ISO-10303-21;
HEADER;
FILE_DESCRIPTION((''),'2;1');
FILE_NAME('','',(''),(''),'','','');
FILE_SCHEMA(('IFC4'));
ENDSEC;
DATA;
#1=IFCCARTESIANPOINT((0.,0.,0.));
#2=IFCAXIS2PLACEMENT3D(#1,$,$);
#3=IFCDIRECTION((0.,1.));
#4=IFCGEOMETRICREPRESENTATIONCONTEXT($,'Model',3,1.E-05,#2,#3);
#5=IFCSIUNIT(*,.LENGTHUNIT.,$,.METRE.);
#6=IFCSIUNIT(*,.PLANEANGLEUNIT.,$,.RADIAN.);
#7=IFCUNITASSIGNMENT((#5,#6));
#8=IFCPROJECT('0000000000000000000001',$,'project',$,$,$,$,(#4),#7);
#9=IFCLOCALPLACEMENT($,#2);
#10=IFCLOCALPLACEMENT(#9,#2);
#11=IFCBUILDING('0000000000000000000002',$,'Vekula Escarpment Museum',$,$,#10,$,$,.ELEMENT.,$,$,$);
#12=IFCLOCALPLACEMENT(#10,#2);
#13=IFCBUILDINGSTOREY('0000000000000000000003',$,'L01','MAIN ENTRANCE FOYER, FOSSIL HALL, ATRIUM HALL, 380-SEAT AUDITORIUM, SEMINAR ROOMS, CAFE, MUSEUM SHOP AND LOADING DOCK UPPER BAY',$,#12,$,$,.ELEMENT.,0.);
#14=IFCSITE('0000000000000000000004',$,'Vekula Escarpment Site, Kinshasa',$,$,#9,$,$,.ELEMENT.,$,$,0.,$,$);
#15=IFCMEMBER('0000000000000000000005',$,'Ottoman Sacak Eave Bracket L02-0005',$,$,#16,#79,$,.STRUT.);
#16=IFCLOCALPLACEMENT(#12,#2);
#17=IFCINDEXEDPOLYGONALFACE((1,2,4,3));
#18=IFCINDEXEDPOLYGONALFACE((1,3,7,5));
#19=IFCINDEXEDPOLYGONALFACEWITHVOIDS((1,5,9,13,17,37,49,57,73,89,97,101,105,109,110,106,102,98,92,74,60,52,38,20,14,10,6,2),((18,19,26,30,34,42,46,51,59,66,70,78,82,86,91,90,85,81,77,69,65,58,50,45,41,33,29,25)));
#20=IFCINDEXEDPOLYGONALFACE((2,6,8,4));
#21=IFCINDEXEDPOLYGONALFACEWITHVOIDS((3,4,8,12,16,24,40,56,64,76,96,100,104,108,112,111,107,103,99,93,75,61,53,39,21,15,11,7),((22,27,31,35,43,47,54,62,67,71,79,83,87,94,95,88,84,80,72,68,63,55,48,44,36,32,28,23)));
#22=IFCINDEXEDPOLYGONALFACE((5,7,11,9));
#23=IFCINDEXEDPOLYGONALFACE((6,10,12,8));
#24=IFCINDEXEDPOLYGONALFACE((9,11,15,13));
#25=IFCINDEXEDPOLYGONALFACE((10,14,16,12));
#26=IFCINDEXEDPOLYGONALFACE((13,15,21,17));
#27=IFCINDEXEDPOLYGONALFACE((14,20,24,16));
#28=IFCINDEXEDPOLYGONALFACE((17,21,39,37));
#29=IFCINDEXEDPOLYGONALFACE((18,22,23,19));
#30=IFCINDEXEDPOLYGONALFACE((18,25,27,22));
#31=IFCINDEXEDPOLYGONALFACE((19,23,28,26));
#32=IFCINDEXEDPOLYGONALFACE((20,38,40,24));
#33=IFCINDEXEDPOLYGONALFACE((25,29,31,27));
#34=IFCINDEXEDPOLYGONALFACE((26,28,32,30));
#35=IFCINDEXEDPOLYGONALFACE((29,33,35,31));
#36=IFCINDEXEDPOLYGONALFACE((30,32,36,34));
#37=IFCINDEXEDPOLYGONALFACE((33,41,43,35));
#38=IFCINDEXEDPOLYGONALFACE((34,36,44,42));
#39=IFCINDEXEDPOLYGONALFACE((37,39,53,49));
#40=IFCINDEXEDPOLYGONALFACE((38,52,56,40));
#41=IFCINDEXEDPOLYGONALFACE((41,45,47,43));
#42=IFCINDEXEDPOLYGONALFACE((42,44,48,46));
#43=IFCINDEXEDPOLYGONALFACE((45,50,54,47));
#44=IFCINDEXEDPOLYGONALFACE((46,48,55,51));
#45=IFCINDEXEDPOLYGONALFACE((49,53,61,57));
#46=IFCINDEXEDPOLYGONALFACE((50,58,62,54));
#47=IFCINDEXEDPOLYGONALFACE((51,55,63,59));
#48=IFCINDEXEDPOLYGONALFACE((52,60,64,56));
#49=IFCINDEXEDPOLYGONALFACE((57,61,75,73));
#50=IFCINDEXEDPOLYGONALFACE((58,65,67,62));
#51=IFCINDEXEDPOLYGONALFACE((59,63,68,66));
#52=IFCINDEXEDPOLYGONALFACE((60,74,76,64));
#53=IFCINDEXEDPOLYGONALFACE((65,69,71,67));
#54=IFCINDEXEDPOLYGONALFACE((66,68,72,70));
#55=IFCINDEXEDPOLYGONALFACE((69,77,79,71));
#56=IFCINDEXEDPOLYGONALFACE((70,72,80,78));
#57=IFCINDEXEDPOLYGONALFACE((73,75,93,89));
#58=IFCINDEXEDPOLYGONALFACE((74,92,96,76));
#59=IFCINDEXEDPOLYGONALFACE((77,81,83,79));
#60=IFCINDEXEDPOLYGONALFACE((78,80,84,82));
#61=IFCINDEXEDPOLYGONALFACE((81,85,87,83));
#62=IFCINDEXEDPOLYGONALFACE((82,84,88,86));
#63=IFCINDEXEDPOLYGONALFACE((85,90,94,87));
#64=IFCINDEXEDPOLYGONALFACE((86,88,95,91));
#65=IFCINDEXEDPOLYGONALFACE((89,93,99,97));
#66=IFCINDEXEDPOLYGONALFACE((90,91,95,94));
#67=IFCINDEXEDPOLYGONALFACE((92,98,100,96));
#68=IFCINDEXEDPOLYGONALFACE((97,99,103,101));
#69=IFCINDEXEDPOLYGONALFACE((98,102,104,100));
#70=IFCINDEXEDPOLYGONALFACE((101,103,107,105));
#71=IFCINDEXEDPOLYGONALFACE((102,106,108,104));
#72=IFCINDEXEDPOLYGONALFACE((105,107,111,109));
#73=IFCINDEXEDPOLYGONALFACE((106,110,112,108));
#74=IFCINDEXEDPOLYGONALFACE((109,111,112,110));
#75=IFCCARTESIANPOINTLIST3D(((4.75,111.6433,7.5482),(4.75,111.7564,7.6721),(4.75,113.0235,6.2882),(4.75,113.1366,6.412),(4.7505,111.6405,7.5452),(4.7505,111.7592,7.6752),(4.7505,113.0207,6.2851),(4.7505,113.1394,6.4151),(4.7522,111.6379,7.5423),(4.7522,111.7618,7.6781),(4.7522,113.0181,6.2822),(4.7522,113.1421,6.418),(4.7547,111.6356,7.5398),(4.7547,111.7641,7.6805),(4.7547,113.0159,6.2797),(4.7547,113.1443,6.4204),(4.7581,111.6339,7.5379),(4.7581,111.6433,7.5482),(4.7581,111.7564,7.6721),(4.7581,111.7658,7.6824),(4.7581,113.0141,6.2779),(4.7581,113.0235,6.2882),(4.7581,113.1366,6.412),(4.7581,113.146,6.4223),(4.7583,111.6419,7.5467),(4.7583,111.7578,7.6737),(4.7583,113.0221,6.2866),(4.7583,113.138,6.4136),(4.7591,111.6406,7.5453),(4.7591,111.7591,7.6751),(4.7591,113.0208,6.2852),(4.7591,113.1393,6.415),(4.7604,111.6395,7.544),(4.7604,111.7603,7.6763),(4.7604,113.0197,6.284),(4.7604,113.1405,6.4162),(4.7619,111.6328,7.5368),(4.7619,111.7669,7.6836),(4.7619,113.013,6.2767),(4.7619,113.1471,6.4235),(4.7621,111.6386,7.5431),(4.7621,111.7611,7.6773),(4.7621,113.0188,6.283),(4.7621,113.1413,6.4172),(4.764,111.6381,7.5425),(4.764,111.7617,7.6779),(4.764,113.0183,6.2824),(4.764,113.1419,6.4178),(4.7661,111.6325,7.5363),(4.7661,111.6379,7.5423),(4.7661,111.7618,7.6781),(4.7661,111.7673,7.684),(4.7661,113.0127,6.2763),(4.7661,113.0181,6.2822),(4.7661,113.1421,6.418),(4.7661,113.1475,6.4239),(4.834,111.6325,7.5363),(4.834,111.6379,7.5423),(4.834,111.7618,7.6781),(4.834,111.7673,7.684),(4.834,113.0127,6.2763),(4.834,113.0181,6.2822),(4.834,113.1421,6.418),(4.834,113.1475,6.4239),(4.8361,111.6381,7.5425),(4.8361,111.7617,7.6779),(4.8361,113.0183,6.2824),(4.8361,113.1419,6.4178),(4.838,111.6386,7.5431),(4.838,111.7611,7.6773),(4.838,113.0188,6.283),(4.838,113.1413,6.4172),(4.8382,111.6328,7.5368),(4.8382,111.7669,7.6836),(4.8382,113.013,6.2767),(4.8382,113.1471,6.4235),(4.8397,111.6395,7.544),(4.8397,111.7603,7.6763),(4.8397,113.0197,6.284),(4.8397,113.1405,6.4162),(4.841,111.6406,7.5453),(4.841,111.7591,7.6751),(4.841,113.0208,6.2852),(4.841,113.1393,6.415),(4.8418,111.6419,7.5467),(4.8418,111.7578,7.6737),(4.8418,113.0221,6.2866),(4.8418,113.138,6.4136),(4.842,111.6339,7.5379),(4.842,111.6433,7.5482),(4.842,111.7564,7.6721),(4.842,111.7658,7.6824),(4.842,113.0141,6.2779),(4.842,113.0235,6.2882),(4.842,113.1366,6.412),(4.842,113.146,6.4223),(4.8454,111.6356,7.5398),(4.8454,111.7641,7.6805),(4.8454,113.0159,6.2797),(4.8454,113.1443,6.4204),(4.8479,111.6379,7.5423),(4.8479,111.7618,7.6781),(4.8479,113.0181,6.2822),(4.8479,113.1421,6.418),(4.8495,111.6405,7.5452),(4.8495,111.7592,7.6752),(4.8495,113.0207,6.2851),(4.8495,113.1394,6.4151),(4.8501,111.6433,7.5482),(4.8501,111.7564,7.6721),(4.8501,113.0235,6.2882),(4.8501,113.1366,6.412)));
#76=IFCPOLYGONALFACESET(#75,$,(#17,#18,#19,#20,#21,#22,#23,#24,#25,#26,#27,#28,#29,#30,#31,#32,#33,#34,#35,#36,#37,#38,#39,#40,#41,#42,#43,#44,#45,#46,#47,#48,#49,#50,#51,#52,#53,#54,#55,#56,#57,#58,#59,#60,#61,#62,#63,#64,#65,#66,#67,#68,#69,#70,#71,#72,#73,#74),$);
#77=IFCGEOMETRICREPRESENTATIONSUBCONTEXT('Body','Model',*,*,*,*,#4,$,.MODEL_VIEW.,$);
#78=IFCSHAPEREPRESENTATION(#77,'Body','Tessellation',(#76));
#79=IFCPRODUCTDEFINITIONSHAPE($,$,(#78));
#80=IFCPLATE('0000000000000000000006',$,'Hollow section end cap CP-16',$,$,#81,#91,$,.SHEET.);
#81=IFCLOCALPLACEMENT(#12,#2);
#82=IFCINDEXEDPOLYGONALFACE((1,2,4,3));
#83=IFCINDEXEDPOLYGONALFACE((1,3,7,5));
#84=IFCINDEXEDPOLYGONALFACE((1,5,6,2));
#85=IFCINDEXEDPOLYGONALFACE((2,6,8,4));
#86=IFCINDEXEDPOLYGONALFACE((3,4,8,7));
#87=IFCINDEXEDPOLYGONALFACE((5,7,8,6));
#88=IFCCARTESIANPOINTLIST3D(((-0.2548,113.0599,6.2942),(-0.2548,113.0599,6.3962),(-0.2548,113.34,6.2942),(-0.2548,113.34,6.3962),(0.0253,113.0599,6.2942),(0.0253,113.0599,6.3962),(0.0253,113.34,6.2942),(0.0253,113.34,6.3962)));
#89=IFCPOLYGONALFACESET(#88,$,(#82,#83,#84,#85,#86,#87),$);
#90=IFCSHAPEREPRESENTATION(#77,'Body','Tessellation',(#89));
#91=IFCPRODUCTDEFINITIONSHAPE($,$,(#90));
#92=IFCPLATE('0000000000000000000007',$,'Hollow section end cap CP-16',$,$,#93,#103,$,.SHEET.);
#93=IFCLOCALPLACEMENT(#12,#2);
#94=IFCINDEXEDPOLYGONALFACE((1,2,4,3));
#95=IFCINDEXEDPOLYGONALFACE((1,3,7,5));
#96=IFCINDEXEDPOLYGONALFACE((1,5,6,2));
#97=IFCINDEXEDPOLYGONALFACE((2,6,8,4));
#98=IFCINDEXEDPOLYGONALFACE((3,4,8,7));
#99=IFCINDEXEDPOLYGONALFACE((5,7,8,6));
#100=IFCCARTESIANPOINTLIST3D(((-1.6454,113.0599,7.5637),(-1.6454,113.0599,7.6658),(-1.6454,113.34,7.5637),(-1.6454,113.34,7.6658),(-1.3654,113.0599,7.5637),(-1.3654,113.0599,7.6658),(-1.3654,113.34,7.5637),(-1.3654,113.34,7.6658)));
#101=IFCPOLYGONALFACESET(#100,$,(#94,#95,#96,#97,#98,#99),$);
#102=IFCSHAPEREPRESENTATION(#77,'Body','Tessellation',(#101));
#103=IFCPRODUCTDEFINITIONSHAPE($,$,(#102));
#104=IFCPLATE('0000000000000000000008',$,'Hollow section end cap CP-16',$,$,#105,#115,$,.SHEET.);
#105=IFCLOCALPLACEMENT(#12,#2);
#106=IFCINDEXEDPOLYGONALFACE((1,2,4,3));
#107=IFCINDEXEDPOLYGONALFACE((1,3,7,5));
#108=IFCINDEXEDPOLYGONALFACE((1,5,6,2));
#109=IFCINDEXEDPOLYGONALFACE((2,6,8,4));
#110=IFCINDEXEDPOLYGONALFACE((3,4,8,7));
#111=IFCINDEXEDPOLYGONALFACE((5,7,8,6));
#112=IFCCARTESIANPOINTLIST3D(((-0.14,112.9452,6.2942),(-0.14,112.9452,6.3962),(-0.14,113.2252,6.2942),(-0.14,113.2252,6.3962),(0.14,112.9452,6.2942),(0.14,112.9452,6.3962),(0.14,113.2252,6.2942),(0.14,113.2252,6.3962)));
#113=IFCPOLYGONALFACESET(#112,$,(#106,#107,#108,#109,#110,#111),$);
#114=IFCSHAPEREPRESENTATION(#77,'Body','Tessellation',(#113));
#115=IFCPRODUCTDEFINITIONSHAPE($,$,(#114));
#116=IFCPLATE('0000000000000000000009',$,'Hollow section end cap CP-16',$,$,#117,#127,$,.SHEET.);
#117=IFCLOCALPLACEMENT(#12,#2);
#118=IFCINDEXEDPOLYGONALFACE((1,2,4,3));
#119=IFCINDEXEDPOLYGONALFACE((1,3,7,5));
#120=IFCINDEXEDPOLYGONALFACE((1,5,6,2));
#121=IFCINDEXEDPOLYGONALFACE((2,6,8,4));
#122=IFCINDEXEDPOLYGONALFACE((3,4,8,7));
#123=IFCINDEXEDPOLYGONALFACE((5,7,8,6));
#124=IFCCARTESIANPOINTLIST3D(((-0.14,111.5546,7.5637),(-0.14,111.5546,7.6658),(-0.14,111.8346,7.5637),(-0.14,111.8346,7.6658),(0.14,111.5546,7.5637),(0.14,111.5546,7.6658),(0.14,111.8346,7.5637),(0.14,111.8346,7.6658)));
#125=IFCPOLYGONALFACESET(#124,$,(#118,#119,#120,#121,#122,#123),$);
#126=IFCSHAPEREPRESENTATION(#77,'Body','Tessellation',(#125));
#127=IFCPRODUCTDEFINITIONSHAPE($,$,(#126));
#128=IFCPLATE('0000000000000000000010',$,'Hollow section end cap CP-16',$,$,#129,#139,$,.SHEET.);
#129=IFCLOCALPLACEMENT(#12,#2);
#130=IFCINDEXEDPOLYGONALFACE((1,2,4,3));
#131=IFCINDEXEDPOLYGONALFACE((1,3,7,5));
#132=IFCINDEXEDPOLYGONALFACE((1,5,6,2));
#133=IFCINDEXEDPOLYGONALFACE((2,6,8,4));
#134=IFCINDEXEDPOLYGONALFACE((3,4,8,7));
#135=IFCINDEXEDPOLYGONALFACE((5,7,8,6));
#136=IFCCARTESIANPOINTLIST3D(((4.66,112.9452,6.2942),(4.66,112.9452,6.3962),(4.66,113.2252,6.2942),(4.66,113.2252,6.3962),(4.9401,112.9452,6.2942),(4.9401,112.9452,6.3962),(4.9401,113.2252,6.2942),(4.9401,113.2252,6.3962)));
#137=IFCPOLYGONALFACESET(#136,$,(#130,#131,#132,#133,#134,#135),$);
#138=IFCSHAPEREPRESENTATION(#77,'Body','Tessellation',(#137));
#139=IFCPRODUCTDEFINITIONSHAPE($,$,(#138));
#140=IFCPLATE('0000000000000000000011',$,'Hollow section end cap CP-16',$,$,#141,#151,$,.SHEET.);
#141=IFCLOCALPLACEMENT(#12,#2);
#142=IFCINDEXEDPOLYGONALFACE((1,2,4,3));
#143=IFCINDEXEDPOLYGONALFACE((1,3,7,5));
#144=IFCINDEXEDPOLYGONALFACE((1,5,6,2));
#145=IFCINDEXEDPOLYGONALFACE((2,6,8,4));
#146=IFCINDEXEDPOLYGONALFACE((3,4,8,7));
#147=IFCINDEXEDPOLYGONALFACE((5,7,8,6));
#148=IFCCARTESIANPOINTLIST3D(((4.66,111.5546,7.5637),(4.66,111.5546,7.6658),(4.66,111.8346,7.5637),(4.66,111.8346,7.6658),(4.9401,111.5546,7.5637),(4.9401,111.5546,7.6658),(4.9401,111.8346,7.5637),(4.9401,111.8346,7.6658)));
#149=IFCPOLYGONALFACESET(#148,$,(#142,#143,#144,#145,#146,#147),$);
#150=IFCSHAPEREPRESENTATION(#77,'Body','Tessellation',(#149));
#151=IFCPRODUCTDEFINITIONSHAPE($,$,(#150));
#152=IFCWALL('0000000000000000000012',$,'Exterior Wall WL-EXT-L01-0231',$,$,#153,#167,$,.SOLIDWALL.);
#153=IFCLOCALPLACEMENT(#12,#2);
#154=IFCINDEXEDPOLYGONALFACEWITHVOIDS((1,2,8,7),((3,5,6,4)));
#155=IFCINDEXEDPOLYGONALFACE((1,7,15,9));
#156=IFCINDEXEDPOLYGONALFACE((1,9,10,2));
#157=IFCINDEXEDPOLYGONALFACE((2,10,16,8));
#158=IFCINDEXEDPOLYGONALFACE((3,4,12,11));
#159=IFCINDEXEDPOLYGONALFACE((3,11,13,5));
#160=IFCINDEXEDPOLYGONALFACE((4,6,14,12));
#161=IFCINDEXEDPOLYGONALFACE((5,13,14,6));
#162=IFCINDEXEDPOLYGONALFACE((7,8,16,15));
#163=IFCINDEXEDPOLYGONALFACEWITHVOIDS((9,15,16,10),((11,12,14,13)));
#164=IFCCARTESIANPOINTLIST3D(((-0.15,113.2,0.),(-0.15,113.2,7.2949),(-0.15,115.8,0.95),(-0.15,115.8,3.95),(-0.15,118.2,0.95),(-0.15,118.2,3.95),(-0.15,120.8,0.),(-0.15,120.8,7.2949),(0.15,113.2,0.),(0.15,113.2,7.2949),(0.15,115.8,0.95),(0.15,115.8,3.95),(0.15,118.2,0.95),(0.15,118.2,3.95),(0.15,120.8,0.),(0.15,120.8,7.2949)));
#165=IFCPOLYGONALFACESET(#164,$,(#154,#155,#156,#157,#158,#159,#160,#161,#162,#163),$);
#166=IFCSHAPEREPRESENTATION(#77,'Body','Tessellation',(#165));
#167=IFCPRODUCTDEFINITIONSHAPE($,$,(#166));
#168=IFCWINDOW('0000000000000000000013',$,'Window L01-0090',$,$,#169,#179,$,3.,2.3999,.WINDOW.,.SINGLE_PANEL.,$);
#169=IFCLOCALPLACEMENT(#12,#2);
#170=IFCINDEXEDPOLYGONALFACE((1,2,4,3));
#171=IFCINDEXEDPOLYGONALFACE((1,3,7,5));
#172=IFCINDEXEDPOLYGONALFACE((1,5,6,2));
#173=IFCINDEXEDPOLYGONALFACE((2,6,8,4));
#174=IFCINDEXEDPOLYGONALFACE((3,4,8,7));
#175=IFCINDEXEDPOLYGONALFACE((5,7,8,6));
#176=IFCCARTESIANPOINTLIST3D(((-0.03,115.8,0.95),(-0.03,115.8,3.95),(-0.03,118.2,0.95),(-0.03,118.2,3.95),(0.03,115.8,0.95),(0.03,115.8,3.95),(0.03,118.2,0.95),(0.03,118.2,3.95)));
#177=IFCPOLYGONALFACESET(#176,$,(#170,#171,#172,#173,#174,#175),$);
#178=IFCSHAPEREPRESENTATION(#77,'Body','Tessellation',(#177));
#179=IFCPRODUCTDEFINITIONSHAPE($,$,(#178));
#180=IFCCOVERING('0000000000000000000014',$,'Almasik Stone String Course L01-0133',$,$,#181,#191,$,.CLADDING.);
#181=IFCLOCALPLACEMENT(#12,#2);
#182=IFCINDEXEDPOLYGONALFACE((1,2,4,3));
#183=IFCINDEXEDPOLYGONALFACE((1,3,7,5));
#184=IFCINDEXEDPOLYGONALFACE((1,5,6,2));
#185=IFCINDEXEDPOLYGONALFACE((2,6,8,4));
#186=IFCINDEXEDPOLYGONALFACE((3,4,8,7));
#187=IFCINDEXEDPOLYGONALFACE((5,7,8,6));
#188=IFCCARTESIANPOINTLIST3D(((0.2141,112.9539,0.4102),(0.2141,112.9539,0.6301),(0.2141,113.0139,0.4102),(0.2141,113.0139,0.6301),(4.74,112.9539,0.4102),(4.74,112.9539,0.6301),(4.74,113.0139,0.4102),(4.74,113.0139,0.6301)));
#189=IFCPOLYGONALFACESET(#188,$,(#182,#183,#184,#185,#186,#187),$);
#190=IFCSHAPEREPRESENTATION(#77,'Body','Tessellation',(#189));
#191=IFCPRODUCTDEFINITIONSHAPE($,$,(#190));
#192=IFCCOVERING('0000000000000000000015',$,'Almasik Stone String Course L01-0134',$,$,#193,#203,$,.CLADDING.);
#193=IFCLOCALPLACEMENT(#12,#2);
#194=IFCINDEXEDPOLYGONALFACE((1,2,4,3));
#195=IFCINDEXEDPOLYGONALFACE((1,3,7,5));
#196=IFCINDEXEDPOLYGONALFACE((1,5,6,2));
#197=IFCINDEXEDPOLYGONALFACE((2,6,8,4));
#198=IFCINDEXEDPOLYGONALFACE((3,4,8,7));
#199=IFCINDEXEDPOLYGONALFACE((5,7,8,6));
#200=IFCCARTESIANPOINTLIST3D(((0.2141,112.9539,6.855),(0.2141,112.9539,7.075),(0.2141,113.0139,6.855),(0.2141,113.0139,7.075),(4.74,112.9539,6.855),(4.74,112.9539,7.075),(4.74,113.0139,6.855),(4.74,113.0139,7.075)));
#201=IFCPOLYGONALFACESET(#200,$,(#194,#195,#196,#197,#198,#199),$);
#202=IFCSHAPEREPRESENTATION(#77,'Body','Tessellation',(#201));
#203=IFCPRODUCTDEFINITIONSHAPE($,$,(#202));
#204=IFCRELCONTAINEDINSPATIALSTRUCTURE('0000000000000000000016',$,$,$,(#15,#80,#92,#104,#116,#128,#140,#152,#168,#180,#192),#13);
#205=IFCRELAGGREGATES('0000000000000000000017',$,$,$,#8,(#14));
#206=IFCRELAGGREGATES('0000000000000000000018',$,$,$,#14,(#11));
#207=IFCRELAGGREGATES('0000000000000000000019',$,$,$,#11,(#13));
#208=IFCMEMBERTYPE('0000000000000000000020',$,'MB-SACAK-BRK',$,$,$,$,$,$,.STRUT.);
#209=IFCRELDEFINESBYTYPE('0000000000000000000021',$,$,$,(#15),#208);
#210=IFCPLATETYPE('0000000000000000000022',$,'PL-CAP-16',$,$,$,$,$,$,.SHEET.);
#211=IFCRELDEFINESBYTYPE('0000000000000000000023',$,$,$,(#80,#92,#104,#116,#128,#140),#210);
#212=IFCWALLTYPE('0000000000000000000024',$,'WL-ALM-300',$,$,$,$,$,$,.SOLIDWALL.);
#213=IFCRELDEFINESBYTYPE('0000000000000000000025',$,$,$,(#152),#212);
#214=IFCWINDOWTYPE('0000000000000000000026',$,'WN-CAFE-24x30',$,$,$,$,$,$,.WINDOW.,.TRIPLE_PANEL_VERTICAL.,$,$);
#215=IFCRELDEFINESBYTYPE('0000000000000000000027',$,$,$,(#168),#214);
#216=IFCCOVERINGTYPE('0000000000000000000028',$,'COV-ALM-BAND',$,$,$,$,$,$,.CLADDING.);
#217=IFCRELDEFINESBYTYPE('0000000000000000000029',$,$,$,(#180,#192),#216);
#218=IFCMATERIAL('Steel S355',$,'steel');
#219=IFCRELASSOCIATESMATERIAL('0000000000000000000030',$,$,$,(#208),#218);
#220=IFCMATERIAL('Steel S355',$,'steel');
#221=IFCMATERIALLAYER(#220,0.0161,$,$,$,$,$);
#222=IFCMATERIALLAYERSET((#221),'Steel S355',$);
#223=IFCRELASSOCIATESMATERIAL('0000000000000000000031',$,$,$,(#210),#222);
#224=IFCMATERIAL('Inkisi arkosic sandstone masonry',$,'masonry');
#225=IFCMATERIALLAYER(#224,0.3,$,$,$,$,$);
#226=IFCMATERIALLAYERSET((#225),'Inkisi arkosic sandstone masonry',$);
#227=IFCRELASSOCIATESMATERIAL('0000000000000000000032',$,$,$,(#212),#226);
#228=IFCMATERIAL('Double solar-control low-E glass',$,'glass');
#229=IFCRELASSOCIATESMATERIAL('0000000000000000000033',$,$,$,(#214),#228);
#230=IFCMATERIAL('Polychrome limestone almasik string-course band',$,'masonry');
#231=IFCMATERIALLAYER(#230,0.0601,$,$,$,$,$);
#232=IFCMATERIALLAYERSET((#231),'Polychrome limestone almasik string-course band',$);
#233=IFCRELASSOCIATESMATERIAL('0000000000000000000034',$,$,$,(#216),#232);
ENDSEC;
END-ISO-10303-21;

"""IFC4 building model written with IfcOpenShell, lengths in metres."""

from ifc_helpers import new_model, si_unit, direction, frame, frame_2d, origin, origin_2d, place, context, subcontext, project, spatial, rectangle, hollow_rectangle, extrude, material, layer, layer_set, material_profile, profile_set, type_object, element, fill, save


model = new_model("IFC4")

# Units and contexts
model_context = context("Model", 3, precision=1e-05, world=origin(), true_north=direction((0.0, 1.0)))
body_context = subcontext(model_context, "Body", "Model", "MODEL_VIEW")
ifc_project = project(units=[si_unit("LENGTHUNIT", "METRE"), si_unit("PLANEANGLEUNIT", "RADIAN")], contexts=[model_context])

# Site, building, storey
site_placement = place(None, origin())
site = spatial("IfcSite", under=ifc_project, at=site_placement, Name="Vekula Escarpment Site, Kinshasa", CompositionType="ELEMENT", RefElevation=0.0)
building_placement = place(site_placement, origin())
building = spatial("IfcBuilding", under=site, at=building_placement, Name="Vekula Escarpment Museum", CompositionType="ELEMENT")
storey_placement = place(building_placement, origin())
storey = spatial("IfcBuildingStorey", under=building, at=storey_placement, Name="L01", Description="MAIN ENTRANCE FOYER, FOSSIL HALL, ATRIUM HALL, 380-SEAT AUDITORIUM, SEMINAR ROOMS, CAFE, MUSEUM SHOP AND LOADING DOCK UPPER BAY", CompositionType="ELEMENT", Elevation=0.0)

# Member
ifc_material_1 = material(Name="Steel S355", Category="steel")
ifc_material_profile_1 = material_profile(ifc_material_1, hollow_rectangle(XDim=0.1001, YDim=0.2, WallThickness=0.0081, InnerFilletRadius=0.0081, OuterFilletRadius=0.0161, at=origin_2d()), Name="RHS 200x100x8")
ifc_profile_set_1 = profile_set([ifc_material_profile_1], Name="Steel S355")
member_type = type_object("IfcMemberType", Name="MB-SACAK-BRK", PredefinedType="STRUT", material=ifc_profile_set_1)
for number, where, z_axis, x_axis, name in (
    (1, (4.8, 113.0801, 6.3501), (0.0, -0.738514, 0.674238), (1.0, 0.0, 0.0), "Ottoman Sacak Eave Bracket L02-0005"),
):
    element("IfcMember", number, at=place(storey_placement, frame(where, z_axis=z_axis, x_axis=x_axis)), inside=storey, type_object=member_type, Name=name, PredefinedType="STRUT", context=body_context, shape_type="SweptSolid", body=[
        extrude(hollow_rectangle(XDim=0.1001, YDim=0.2, WallThickness=0.0081, InnerFilletRadius=0.0081, OuterFilletRadius=0.0161, at=origin_2d()), origin(), (0.0, 0.0, 1.0), 1.8689),
    ])

# Plates
ifc_material_2 = material(Name="Steel S355", Category="steel")
ifc_layer_1 = layer(ifc_material_2, 0.0161)
ifc_layer_set_1 = layer_set([ifc_layer_1], Name="Steel S355")
plate_type = type_object("IfcPlateType", Name="PL-CAP-16", PredefinedType="SHEET", material=ifc_layer_set_1)
for number, where, z_axis, x_axis, name in (
    (2, (-0.1147, 113.2, 6.2942), (0.0, 0.0, 1.0), (1.0, 0.0, 0.0), "Hollow section end cap CP-16"),
    (3, (-1.5054, 113.2, 7.5637), (0.0, 0.0, 1.0), (1.0, 0.0, 0.0), "Hollow section end cap CP-16"),
    (4, (0.0, 113.0852, 6.2942), (0.0, 0.0, 1.0), (1.0, 0.0, 0.0), "Hollow section end cap CP-16"),
    (5, (0.0, 111.6946, 7.5637), (0.0, 0.0, 1.0), (1.0, 0.0, 0.0), "Hollow section end cap CP-16"),
    (6, (4.8, 113.0852, 6.2942), (0.0, 0.0, 1.0), (1.0, 0.0, 0.0), "Hollow section end cap CP-16"),
    (7, (4.8, 111.6946, 7.5637), (0.0, 0.0, 1.0), (1.0, 0.0, 0.0), "Hollow section end cap CP-16"),
):
    element("IfcPlate", number, at=place(storey_placement, frame(where, z_axis=z_axis, x_axis=x_axis)), inside=storey, type_object=plate_type, Name=name, PredefinedType="SHEET", context=body_context, shape_type="SweptSolid", body=[
        extrude(rectangle(XDim=0.28, YDim=0.28, at=origin_2d()), origin(), (0.0, 0.0, 1.0), 0.1021),
    ])

# Wall, opening, window
ifc_material_3 = material(Name="Inkisi arkosic sandstone masonry", Category="masonry")
ifc_layer_2 = layer(ifc_material_3, 0.3)
ifc_layer_set_2 = layer_set([ifc_layer_2], Name="Inkisi arkosic sandstone masonry")
wall_type = type_object("IfcWallType", Name="WL-ALM-300", PredefinedType="SOLIDWALL", material=ifc_layer_set_2)
wall_placement = place(storey_placement, frame((0.0, 113.2, 0.0), z_axis=(0.0, 0.0, 1.0), x_axis=(0.0, 1.0, 0.0)))
wall = element("IfcWall", 8, at=wall_placement, inside=storey, type_object=wall_type, Name="Exterior Wall WL-EXT-L01-0231", PredefinedType="SOLIDWALL", context=body_context, shape_type="SweptSolid", body=[
    extrude(rectangle(XDim=7.6001, YDim=0.3, at=frame_2d((3.8, 0.0))), origin(), (0.0, 0.0, 1.0), 7.2949),
])
opening_placement = place(wall_placement, frame((2.6001, 0.0, 0.95)))
opening = element("IfcOpeningElement", 9, at=opening_placement, cuts=wall, PredefinedType="OPENING", context=body_context, shape_type="SweptSolid", body=[
    extrude(rectangle(XDim=2.3999, YDim=3.0, at=frame_2d((1.2, 1.5))), frame((0.0, 0.1599, 0.0), z_axis=(0.0, -1.0, 0.0), x_axis=(1.0, 0.0, 0.0)), (0.0, 0.0, 1.0), 0.3201),
])
ifc_material_4 = material(Name="Double solar-control low-E glass", Category="glass")
window_type = type_object("IfcWindowType", Name="WN-CAFE-24x30", PartitioningType="TRIPLE_PANEL_VERTICAL", PredefinedType="WINDOW", material=ifc_material_4)
window_placement = place(opening_placement, origin())
window = element("IfcWindow", 10, at=window_placement, inside=storey, type_object=window_type, Name="Window L01-0090", OverallHeight=3.0, OverallWidth=2.3999, PartitioningType="SINGLE_PANEL", PredefinedType="WINDOW", context=body_context, shape_type="SweptSolid", body=[
    extrude(rectangle(XDim=2.3999, YDim=3.0, at=frame_2d((1.2, 1.5))), frame((0.0, 0.03, 0.0), z_axis=(0.0, -1.0, 0.0), x_axis=(1.0, 0.0, 0.0)), (0.0, 0.0, 1.0), 0.0601),
])
fill(opening, window)

# Coverings
ifc_material_5 = material(Name="Polychrome limestone almasik string-course band", Category="masonry")
ifc_layer_3 = layer(ifc_material_5, 0.0601)
ifc_layer_set_3 = layer_set([ifc_layer_3], Name="Polychrome limestone almasik string-course band")
covering_type = type_object("IfcCoveringType", Name="COV-ALM-BAND", PredefinedType="CLADDING", material=ifc_layer_set_3)
for number, where, z_axis, x_axis, name in (
    (11, (2.4771, 112.9839, 0.4102), (0.0, 0.0, 1.0), (1.0, 0.0, 0.0), "Almasik Stone String Course L01-0133"),
    (12, (2.4771, 112.9839, 6.855), (0.0, 0.0, 1.0), (1.0, 0.0, 0.0), "Almasik Stone String Course L01-0134"),
):
    element("IfcCovering", number, at=place(storey_placement, frame(where, z_axis=z_axis, x_axis=x_axis)), inside=storey, type_object=covering_type, Name=name, PredefinedType="CLADDING", context=body_context, shape_type="SweptSolid", body=[
        extrude(rectangle(XDim=4.5259, YDim=0.0601, at=origin_2d()), origin(), (0.0, 0.0, 1.0), 0.22),
    ])

save(model, "model.ifc")
